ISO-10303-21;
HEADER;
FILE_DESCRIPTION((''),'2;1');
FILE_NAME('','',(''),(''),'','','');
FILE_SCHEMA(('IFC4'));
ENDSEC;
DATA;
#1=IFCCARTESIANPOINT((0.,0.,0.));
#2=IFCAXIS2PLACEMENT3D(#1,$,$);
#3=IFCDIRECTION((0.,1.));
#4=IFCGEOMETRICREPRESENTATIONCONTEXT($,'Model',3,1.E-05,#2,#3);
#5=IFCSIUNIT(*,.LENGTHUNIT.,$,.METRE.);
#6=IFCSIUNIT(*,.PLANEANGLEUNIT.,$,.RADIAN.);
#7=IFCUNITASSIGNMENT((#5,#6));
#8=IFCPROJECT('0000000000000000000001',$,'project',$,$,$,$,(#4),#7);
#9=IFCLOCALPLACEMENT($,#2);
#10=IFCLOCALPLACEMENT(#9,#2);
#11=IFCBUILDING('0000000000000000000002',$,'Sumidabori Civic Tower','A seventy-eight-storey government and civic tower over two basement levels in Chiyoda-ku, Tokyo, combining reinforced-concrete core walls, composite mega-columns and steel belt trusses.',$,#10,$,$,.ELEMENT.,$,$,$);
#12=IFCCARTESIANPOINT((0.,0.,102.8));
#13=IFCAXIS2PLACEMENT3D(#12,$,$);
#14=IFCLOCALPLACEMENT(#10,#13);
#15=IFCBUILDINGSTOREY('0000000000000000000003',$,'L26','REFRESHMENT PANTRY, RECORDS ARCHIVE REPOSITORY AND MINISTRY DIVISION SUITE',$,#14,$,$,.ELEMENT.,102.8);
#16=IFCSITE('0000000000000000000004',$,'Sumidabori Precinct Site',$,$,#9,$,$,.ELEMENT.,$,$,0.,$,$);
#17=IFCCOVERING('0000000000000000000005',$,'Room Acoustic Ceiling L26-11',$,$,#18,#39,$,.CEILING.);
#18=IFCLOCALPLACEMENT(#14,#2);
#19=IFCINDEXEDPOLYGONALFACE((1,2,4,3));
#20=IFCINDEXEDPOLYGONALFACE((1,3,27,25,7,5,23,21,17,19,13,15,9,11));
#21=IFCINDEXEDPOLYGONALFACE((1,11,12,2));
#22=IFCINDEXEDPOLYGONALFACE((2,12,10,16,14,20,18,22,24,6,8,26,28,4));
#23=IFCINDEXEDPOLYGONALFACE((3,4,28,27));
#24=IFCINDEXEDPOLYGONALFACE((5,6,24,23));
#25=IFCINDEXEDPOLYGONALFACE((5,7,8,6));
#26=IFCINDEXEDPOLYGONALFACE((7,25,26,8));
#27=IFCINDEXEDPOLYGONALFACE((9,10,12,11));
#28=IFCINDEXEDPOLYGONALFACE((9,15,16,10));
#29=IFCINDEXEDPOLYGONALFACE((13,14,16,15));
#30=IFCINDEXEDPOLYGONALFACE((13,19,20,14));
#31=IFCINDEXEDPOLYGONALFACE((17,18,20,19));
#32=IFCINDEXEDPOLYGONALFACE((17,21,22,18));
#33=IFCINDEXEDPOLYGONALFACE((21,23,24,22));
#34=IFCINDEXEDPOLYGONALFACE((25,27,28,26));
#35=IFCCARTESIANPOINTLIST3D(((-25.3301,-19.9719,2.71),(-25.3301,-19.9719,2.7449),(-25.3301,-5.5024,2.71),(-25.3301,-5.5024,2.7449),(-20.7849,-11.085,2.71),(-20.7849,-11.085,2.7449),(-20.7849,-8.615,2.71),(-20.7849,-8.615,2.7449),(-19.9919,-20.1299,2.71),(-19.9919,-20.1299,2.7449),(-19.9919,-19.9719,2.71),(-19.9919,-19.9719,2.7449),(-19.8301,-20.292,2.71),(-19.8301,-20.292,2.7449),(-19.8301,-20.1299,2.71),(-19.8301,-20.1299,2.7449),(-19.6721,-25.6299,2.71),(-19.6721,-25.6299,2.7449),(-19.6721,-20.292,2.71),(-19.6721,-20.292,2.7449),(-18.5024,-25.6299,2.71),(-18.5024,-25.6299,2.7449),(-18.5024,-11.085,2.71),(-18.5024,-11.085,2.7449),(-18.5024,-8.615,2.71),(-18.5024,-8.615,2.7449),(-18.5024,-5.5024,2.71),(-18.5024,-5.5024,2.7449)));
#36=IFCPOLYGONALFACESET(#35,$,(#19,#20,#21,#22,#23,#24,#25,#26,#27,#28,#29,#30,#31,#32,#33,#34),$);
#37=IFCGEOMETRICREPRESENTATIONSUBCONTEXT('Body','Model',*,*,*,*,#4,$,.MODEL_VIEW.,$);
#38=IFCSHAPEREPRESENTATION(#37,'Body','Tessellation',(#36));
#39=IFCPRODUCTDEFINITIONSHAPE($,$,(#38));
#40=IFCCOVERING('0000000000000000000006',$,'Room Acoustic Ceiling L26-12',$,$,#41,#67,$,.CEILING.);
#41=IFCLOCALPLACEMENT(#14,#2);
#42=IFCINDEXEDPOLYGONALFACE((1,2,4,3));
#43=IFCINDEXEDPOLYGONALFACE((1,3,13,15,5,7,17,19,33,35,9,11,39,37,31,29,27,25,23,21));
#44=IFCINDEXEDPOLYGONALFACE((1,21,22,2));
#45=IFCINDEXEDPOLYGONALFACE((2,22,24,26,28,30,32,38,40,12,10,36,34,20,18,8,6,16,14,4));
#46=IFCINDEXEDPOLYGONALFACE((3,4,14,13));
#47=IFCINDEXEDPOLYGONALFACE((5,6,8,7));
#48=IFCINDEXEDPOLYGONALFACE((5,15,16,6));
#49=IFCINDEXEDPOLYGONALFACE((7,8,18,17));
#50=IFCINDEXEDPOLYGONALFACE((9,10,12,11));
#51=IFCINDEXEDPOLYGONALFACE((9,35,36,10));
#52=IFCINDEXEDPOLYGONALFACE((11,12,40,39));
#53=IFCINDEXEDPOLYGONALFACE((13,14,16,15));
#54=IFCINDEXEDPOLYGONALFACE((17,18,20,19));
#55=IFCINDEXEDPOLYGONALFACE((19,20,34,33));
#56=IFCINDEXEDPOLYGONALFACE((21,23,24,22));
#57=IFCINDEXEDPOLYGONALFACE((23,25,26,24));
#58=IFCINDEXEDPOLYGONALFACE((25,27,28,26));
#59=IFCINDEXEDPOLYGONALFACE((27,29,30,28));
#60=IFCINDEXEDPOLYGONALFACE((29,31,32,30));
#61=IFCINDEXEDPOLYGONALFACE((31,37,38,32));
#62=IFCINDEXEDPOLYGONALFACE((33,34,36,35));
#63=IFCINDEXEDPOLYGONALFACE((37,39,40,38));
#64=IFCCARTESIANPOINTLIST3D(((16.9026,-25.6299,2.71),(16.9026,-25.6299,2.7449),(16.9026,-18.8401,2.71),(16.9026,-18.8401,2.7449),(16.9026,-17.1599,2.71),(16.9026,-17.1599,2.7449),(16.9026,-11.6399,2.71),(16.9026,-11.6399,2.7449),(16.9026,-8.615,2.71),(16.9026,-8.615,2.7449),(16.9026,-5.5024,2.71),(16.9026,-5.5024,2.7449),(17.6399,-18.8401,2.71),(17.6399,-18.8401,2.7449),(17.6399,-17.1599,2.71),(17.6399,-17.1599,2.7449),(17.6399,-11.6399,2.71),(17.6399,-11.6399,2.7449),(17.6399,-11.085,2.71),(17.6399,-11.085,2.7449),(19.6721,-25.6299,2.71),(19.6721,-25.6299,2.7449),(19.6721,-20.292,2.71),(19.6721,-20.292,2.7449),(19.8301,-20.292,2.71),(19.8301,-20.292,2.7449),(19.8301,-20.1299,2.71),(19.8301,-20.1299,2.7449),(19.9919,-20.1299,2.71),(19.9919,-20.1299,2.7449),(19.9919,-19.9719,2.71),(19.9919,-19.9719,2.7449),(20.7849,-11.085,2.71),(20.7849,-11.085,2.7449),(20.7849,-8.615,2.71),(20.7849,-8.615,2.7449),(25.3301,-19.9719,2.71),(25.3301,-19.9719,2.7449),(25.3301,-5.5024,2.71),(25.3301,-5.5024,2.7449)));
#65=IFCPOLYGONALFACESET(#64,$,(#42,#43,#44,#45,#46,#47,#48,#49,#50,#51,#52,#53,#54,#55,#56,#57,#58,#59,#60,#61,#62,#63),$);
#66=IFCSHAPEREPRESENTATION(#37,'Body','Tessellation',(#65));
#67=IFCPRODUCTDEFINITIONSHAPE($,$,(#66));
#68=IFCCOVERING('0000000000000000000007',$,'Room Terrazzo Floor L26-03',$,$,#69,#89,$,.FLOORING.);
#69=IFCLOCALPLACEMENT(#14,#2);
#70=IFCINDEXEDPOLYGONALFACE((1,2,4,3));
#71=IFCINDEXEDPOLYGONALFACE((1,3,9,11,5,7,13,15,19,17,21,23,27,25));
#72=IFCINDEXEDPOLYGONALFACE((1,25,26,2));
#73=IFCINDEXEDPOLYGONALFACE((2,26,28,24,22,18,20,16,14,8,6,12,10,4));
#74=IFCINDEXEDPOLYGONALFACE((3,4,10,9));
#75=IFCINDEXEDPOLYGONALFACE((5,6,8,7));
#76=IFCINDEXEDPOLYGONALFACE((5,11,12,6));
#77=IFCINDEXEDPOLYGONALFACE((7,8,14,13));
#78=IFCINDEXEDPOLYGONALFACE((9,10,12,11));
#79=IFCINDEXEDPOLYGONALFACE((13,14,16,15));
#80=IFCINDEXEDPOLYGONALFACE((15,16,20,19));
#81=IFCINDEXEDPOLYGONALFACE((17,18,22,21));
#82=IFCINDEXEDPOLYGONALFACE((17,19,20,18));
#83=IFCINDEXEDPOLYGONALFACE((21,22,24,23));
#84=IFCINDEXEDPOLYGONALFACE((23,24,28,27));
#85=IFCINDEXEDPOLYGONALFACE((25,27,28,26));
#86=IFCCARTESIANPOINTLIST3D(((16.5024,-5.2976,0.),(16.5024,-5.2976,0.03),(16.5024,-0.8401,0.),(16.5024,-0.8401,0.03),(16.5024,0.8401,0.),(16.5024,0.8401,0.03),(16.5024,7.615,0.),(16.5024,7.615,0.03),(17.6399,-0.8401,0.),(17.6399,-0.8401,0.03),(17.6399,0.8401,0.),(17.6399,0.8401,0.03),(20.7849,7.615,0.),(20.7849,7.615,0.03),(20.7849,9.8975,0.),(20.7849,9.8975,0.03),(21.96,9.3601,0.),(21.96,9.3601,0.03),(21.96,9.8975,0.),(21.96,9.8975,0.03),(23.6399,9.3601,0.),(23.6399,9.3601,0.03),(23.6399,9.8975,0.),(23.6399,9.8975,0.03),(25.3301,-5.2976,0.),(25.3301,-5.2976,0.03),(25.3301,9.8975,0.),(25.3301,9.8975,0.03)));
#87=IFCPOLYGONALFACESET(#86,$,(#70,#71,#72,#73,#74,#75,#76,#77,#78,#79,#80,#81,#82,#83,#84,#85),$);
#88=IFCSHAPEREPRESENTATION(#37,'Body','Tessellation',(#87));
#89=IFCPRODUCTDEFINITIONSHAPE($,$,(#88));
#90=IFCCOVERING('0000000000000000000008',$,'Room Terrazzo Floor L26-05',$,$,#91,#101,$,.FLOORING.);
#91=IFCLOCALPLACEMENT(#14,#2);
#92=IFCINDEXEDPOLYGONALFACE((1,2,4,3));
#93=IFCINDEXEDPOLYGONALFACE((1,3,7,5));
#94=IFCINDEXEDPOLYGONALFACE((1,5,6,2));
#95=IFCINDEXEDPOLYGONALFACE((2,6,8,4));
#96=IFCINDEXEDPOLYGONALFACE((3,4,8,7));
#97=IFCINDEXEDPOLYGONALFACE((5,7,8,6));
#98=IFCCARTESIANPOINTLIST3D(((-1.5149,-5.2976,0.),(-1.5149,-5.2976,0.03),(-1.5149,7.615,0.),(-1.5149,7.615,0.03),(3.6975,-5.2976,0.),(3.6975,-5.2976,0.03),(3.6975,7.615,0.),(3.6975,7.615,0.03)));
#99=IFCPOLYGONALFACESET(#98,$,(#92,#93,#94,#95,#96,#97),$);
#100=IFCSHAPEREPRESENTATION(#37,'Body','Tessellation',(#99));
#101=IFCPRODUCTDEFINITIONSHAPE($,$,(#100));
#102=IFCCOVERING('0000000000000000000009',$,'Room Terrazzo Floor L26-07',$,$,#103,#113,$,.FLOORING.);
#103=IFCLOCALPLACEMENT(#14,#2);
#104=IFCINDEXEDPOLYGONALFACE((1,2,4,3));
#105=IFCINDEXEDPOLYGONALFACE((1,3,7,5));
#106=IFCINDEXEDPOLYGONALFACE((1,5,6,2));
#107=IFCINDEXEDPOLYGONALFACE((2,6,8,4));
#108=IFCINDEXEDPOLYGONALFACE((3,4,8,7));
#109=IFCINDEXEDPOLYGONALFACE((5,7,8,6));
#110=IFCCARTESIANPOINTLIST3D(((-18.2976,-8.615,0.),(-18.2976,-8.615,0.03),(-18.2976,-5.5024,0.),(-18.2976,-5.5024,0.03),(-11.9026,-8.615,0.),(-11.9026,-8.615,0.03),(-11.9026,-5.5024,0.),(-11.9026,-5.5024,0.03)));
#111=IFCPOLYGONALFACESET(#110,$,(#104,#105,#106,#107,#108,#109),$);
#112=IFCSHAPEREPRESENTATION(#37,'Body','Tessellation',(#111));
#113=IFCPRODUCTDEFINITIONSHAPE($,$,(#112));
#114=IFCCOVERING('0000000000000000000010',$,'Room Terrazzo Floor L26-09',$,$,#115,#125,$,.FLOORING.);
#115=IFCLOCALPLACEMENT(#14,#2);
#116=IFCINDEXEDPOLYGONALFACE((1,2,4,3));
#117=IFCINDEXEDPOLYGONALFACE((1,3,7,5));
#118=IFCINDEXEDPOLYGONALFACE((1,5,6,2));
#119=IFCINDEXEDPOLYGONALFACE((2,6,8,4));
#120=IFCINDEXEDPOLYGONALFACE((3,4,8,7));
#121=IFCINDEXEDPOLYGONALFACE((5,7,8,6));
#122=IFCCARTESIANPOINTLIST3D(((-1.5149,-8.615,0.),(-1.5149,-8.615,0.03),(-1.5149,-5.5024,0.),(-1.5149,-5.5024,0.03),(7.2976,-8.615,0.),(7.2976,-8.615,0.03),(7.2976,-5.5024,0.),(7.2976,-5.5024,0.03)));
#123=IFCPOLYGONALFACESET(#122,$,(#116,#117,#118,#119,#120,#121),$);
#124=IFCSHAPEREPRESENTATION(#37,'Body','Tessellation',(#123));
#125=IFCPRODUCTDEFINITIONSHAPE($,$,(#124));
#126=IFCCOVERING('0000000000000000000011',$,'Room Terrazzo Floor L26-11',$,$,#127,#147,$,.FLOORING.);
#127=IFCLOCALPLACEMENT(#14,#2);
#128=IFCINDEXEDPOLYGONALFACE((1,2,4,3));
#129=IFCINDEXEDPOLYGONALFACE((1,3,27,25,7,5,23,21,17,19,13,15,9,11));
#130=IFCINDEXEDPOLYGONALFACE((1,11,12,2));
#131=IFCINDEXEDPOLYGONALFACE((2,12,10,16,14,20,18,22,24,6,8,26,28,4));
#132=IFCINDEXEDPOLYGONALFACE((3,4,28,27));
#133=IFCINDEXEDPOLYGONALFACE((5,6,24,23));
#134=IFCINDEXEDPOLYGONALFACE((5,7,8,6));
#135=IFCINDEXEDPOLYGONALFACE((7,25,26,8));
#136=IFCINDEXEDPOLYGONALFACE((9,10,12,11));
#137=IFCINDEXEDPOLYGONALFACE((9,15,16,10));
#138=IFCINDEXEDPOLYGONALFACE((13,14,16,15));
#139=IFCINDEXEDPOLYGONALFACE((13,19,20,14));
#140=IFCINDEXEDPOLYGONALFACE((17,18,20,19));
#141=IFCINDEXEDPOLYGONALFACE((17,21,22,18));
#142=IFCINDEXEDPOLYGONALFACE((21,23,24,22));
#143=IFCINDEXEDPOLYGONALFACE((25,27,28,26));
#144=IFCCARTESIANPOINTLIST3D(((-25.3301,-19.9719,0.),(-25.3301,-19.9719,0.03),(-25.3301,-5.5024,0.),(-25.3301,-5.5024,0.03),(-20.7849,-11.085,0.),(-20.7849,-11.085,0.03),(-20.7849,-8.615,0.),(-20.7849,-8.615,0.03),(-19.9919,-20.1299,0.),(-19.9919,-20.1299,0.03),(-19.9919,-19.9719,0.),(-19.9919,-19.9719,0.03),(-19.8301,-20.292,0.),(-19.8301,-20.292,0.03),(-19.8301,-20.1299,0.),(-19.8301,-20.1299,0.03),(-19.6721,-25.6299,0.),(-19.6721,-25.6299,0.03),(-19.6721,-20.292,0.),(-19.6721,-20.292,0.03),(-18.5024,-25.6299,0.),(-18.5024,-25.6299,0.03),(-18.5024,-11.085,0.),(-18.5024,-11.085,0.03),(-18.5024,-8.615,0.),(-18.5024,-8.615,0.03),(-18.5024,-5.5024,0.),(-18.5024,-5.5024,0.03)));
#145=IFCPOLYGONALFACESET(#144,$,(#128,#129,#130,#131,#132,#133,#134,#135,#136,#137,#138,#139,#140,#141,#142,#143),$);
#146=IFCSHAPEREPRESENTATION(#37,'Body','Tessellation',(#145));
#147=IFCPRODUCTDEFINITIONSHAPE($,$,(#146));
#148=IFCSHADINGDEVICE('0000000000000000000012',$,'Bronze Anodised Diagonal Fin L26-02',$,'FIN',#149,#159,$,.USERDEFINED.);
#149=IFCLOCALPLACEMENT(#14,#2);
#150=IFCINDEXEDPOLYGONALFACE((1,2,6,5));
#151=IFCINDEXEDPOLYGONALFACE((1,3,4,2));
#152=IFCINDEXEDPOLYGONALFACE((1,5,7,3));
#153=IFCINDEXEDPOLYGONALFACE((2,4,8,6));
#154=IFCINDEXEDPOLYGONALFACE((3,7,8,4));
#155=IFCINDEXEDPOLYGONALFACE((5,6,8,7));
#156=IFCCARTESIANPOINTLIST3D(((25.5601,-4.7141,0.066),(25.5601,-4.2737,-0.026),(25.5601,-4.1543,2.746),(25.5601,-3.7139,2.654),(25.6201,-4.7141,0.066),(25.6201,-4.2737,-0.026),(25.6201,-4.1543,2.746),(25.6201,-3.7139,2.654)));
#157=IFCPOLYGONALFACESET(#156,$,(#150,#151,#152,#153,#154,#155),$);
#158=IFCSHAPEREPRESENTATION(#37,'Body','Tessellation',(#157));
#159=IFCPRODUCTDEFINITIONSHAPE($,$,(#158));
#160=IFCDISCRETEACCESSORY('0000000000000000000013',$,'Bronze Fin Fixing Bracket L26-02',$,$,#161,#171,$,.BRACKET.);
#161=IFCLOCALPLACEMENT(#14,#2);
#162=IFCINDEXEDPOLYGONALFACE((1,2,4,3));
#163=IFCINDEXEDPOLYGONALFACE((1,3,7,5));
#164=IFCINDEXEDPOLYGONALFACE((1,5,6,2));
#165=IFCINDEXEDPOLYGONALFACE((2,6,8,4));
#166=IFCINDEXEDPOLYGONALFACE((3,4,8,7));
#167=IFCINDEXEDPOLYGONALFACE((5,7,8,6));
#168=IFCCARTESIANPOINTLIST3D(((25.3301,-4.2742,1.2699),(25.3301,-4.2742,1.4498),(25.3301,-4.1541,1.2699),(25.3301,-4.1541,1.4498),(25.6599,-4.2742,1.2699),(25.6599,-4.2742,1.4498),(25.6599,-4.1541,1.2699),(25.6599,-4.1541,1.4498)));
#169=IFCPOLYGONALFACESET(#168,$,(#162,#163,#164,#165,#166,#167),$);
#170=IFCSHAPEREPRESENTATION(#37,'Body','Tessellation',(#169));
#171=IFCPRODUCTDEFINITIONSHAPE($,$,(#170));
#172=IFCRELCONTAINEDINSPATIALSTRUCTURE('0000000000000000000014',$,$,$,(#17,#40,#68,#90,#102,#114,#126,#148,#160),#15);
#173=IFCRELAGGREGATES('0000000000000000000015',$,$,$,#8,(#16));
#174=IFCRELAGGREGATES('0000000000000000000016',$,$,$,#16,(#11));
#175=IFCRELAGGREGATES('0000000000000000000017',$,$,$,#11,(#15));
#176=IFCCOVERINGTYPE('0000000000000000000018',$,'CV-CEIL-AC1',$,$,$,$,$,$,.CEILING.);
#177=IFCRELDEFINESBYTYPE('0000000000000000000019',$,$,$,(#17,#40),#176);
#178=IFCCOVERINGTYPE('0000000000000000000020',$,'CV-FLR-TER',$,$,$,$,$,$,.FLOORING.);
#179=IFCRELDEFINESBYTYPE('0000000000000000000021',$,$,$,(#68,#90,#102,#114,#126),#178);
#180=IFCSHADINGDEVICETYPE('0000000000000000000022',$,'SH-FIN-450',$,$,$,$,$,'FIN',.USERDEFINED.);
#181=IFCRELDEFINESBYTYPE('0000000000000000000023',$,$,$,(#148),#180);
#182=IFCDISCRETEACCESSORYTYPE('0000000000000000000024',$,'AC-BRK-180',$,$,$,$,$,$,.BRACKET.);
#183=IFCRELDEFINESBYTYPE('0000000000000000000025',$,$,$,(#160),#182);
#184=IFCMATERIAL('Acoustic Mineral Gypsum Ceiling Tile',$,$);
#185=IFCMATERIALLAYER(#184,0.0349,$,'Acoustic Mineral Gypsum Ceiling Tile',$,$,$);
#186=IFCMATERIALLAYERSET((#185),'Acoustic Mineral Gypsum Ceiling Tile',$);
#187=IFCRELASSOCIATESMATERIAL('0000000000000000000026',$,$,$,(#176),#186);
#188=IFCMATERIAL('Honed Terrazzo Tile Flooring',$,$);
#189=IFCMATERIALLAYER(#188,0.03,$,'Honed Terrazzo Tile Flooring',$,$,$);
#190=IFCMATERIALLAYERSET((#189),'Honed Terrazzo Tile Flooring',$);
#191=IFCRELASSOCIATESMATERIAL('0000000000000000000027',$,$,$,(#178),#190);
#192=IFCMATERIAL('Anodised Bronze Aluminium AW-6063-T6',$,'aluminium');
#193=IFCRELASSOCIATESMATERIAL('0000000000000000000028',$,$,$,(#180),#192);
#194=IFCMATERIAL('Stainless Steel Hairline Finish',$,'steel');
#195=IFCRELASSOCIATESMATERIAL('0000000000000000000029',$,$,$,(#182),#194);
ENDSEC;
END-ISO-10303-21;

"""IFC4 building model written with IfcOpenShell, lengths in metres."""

from ifc_helpers import new_model, si_unit, direction, frame, origin, origin_2d, place, context, subcontext, project, spatial, polyline, rectangle, outline, extrude, source, transform, mapped, material, layer, layer_set, material_profile, profile_set, type_object, element, save


model = new_model("IFC4")

# Units and contexts
model_context = context("Model", 3, precision=1e-05, world=origin(), true_north=direction((0.0, 1.0)))
body_context = subcontext(model_context, "Body", "Model", "MODEL_VIEW")
ifc_project = project(units=[si_unit("LENGTHUNIT", "METRE"), si_unit("PLANEANGLEUNIT", "RADIAN")], contexts=[model_context])

# Site, building, storey
site_placement = place(None, origin())
site = spatial("IfcSite", under=ifc_project, at=site_placement, Name="Sumidabori Precinct Site", CompositionType="ELEMENT", RefElevation=0.0)
building_placement = place(site_placement, origin())
building = spatial("IfcBuilding", under=site, at=building_placement, Name="Sumidabori Civic Tower", Description="A seventy-eight-storey government and civic tower over two basement levels in Chiyoda-ku, Tokyo, combining reinforced-concrete core walls, composite mega-columns and steel belt trusses.", CompositionType="ELEMENT")
storey_placement = place(building_placement, frame((0.0, 0.0, 102.8)))
storey = spatial("IfcBuildingStorey", under=building, at=storey_placement, Name="L26", Description="REFRESHMENT PANTRY, RECORDS ARCHIVE REPOSITORY AND MINISTRY DIVISION SUITE", CompositionType="ELEMENT", Elevation=102.8)

# Shared definitions
ifc_material_1 = material(Name="Anodised Bronze Aluminium AW-6063-T6", Category="aluminium")

# Coverings
ifc_material_2 = material(Name="Acoustic Mineral Gypsum Ceiling Tile")
ifc_layer_1 = layer(ifc_material_2, 0.0349, Name="Acoustic Mineral Gypsum Ceiling Tile")
ifc_layer_set_1 = layer_set([ifc_layer_1], Name="Acoustic Mineral Gypsum Ceiling Tile")
covering_type_1 = type_object("IfcCoveringType", Name="CV-CEIL-AC1", PredefinedType="CEILING", material=ifc_layer_set_1)
covering_1_placement = place(storey_placement, frame((0.0, 0.0, 2.71)))
element("IfcCovering", 1, at=covering_1_placement, inside=storey, type_object=covering_type_1, Name="Room Acoustic Ceiling L26-11", PredefinedType="CEILING", context=body_context, shape_type="SweptSolid", body=[
    extrude(outline(polyline([(-25.3301, -19.9719), (-25.3301, -5.5024), (-18.5024, -5.5024), (-18.5024, -8.615), (-20.7849, -8.615), (-20.7849, -11.085), (-18.5024, -11.085), (-18.5024, -25.6299), (-19.6721, -25.6299), (-19.6721, -20.292), (-19.8301, -20.292), (-19.8301, -20.1299), (-19.9919, -20.1299), (-19.9919, -19.9719), (-25.3301, -19.9719)])), origin(), (0.0, 0.0, 1.0), 0.0349),
])
covering_2_placement = place(storey_placement, frame((0.0, 0.0, 2.71)))
element("IfcCovering", 2, at=covering_2_placement, inside=storey, type_object=covering_type_1, Name="Room Acoustic Ceiling L26-12", PredefinedType="CEILING", context=body_context, shape_type="SweptSolid", body=[
    extrude(outline(polyline([(16.9026, -18.8401), (17.6399, -18.8401), (17.6399, -17.1599), (16.9026, -17.1599), (16.9026, -11.6399), (17.6399, -11.6399), (17.6399, -11.085), (20.7849, -11.085), (20.7849, -8.615), (16.9026, -8.615), (16.9026, -5.5024), (25.3301, -5.5024), (25.3301, -19.9719), (19.9919, -19.9719), (19.9919, -20.1299), (19.8301, -20.1299), (19.8301, -20.292), (19.6721, -20.292), (19.6721, -25.6299), (16.9026, -25.6299), (16.9026, -18.8401)])), origin(), (0.0, 0.0, 1.0), 0.0349),
])
ifc_material_3 = material(Name="Honed Terrazzo Tile Flooring")
ifc_layer_2 = layer(ifc_material_3, 0.03, Name="Honed Terrazzo Tile Flooring")
ifc_layer_set_2 = layer_set([ifc_layer_2], Name="Honed Terrazzo Tile Flooring")
covering_type_2 = type_object("IfcCoveringType", Name="CV-FLR-TER", PredefinedType="FLOORING", material=ifc_layer_set_2)
covering_3_placement = place(storey_placement, origin())
element("IfcCovering", 3, at=covering_3_placement, inside=storey, type_object=covering_type_2, Name="Room Terrazzo Floor L26-03", PredefinedType="FLOORING", context=body_context, shape_type="SweptSolid", body=[
    extrude(outline(polyline([(16.5024, -0.8401), (17.6399, -0.8401), (17.6399, 0.8401), (16.5024, 0.8401), (16.5024, 7.615), (20.7849, 7.615), (20.7849, 9.8975), (21.96, 9.8975), (21.96, 9.3601), (23.6399, 9.3601), (23.6399, 9.8975), (25.3301, 9.8975), (25.3301, -5.2976), (16.5024, -5.2976), (16.5024, -0.8401)])), origin(), (0.0, 0.0, 1.0), 0.03),
])
covering_4_placement = place(storey_placement, origin())
element("IfcCovering", 4, at=covering_4_placement, inside=storey, type_object=covering_type_2, Name="Room Terrazzo Floor L26-05", PredefinedType="FLOORING", context=body_context, shape_type="SweptSolid", body=[
    extrude(outline(polyline([(-1.5149, 7.615), (3.6975, 7.615), (3.6975, -5.2976), (-1.5149, -5.2976), (-1.5149, 7.615)])), origin(), (0.0, 0.0, 1.0), 0.03),
])
covering_5_placement = place(storey_placement, origin())
element("IfcCovering", 5, at=covering_5_placement, inside=storey, type_object=covering_type_2, Name="Room Terrazzo Floor L26-07", PredefinedType="FLOORING", context=body_context, shape_type="SweptSolid", body=[
    extrude(outline(polyline([(-18.2976, -8.615), (-18.2976, -5.5024), (-11.9026, -5.5024), (-11.9026, -8.615), (-18.2976, -8.615)])), origin(), (0.0, 0.0, 1.0), 0.03),
])
covering_6_placement = place(storey_placement, origin())
element("IfcCovering", 6, at=covering_6_placement, inside=storey, type_object=covering_type_2, Name="Room Terrazzo Floor L26-09", PredefinedType="FLOORING", context=body_context, shape_type="SweptSolid", body=[
    extrude(outline(polyline([(-1.5149, -8.615), (-1.5149, -5.5024), (7.2976, -5.5024), (7.2976, -8.615), (-1.5149, -8.615)])), origin(), (0.0, 0.0, 1.0), 0.03),
])
covering_7_placement = place(storey_placement, origin())
element("IfcCovering", 7, at=covering_7_placement, inside=storey, type_object=covering_type_2, Name="Room Terrazzo Floor L26-11", PredefinedType="FLOORING", context=body_context, shape_type="SweptSolid", body=[
    extrude(outline(polyline([(-25.3301, -19.9719), (-25.3301, -5.5024), (-18.5024, -5.5024), (-18.5024, -8.615), (-20.7849, -8.615), (-20.7849, -11.085), (-18.5024, -11.085), (-18.5024, -25.6299), (-19.6721, -25.6299), (-19.6721, -20.292), (-19.8301, -20.292), (-19.8301, -20.1299), (-19.9919, -20.1299), (-19.9919, -19.9719), (-25.3301, -19.9719)])), origin(), (0.0, 0.0, 1.0), 0.03),
])

# Shading device
ifc_material_profile_1 = material_profile(ifc_material_1, rectangle(XDim=0.0601, YDim=0.45, at=origin_2d()), Name="BRONZE FIN 450x60")
ifc_profile_set_1 = profile_set([ifc_material_profile_1], Name="Anodised Bronze Aluminium AW-6063-T6")
shading_device_type = type_object("IfcShadingDeviceType", Name="SH-FIN-450", ElementType="FIN", PredefinedType="USERDEFINED", material=ifc_profile_set_1)
shared_shape_1 = source(origin(), body_context, "Body", "SweptSolid", [
    extrude(rectangle(XDim=0.0601, YDim=0.45, at=origin_2d()), origin(), (0.0, 0.0, 1.0), 2.7378),
])
shading_device_placement = place(storey_placement, frame((25.5901, -4.4939, 0.02), z_axis=(0.0, 0.204478, 0.978871), x_axis=(-1.0, 0.0, 0.0)))
element("IfcShadingDevice", 8, at=shading_device_placement, inside=storey, type_object=shading_device_type, Name="Bronze Anodised Diagonal Fin L26-02", ObjectType="FIN", PredefinedType="USERDEFINED", context=body_context, shape_type="MappedRepresentation", body=[
    mapped(shared_shape_1, transform((0.0, 0.0, 0.0), x_axis=(1.0, 0.0, 0.0), y_axis=(0.0, 1.0, 0.0), z_axis=(0.0, 0.0, 1.0), scale=1.0)),
])

# Discrete accessory
ifc_material_4 = material(Name="Stainless Steel Hairline Finish", Category="steel")
ifc_material_profile_2 = material_profile(ifc_material_4, rectangle(XDim=0.1201, YDim=0.1799, at=origin_2d()), Name="STEEL BRACKET 180x120")
ifc_profile_set_2 = profile_set([ifc_material_profile_2], Name="Stainless Steel Hairline Finish")
discrete_accessory_type = type_object("IfcDiscreteAccessoryType", Name="AC-BRK-180", PredefinedType="BRACKET", material=ifc_profile_set_2)
shared_shape_2 = source(origin(), body_context, "Body", "SweptSolid", [
    extrude(rectangle(XDim=0.1201, YDim=0.1799, at=origin_2d()), origin(), (0.0, 0.0, 1.0), 0.3298),
])
discrete_accessory_placement = place(storey_placement, frame((25.3301, -4.2141, 1.3599), z_axis=(1.0, 0.0, 0.0), x_axis=(0.0, 1.0, 0.0)))
element("IfcDiscreteAccessory", 9, at=discrete_accessory_placement, inside=storey, type_object=discrete_accessory_type, Name="Bronze Fin Fixing Bracket L26-02", PredefinedType="BRACKET", context=body_context, shape_type="MappedRepresentation", body=[
    mapped(shared_shape_2, transform((0.0, 0.0, 0.0), x_axis=(1.0, 0.0, 0.0), y_axis=(0.0, 1.0, 0.0), z_axis=(0.0, 0.0, 1.0), scale=1.0)),
])

save(model, "model.ifc")
